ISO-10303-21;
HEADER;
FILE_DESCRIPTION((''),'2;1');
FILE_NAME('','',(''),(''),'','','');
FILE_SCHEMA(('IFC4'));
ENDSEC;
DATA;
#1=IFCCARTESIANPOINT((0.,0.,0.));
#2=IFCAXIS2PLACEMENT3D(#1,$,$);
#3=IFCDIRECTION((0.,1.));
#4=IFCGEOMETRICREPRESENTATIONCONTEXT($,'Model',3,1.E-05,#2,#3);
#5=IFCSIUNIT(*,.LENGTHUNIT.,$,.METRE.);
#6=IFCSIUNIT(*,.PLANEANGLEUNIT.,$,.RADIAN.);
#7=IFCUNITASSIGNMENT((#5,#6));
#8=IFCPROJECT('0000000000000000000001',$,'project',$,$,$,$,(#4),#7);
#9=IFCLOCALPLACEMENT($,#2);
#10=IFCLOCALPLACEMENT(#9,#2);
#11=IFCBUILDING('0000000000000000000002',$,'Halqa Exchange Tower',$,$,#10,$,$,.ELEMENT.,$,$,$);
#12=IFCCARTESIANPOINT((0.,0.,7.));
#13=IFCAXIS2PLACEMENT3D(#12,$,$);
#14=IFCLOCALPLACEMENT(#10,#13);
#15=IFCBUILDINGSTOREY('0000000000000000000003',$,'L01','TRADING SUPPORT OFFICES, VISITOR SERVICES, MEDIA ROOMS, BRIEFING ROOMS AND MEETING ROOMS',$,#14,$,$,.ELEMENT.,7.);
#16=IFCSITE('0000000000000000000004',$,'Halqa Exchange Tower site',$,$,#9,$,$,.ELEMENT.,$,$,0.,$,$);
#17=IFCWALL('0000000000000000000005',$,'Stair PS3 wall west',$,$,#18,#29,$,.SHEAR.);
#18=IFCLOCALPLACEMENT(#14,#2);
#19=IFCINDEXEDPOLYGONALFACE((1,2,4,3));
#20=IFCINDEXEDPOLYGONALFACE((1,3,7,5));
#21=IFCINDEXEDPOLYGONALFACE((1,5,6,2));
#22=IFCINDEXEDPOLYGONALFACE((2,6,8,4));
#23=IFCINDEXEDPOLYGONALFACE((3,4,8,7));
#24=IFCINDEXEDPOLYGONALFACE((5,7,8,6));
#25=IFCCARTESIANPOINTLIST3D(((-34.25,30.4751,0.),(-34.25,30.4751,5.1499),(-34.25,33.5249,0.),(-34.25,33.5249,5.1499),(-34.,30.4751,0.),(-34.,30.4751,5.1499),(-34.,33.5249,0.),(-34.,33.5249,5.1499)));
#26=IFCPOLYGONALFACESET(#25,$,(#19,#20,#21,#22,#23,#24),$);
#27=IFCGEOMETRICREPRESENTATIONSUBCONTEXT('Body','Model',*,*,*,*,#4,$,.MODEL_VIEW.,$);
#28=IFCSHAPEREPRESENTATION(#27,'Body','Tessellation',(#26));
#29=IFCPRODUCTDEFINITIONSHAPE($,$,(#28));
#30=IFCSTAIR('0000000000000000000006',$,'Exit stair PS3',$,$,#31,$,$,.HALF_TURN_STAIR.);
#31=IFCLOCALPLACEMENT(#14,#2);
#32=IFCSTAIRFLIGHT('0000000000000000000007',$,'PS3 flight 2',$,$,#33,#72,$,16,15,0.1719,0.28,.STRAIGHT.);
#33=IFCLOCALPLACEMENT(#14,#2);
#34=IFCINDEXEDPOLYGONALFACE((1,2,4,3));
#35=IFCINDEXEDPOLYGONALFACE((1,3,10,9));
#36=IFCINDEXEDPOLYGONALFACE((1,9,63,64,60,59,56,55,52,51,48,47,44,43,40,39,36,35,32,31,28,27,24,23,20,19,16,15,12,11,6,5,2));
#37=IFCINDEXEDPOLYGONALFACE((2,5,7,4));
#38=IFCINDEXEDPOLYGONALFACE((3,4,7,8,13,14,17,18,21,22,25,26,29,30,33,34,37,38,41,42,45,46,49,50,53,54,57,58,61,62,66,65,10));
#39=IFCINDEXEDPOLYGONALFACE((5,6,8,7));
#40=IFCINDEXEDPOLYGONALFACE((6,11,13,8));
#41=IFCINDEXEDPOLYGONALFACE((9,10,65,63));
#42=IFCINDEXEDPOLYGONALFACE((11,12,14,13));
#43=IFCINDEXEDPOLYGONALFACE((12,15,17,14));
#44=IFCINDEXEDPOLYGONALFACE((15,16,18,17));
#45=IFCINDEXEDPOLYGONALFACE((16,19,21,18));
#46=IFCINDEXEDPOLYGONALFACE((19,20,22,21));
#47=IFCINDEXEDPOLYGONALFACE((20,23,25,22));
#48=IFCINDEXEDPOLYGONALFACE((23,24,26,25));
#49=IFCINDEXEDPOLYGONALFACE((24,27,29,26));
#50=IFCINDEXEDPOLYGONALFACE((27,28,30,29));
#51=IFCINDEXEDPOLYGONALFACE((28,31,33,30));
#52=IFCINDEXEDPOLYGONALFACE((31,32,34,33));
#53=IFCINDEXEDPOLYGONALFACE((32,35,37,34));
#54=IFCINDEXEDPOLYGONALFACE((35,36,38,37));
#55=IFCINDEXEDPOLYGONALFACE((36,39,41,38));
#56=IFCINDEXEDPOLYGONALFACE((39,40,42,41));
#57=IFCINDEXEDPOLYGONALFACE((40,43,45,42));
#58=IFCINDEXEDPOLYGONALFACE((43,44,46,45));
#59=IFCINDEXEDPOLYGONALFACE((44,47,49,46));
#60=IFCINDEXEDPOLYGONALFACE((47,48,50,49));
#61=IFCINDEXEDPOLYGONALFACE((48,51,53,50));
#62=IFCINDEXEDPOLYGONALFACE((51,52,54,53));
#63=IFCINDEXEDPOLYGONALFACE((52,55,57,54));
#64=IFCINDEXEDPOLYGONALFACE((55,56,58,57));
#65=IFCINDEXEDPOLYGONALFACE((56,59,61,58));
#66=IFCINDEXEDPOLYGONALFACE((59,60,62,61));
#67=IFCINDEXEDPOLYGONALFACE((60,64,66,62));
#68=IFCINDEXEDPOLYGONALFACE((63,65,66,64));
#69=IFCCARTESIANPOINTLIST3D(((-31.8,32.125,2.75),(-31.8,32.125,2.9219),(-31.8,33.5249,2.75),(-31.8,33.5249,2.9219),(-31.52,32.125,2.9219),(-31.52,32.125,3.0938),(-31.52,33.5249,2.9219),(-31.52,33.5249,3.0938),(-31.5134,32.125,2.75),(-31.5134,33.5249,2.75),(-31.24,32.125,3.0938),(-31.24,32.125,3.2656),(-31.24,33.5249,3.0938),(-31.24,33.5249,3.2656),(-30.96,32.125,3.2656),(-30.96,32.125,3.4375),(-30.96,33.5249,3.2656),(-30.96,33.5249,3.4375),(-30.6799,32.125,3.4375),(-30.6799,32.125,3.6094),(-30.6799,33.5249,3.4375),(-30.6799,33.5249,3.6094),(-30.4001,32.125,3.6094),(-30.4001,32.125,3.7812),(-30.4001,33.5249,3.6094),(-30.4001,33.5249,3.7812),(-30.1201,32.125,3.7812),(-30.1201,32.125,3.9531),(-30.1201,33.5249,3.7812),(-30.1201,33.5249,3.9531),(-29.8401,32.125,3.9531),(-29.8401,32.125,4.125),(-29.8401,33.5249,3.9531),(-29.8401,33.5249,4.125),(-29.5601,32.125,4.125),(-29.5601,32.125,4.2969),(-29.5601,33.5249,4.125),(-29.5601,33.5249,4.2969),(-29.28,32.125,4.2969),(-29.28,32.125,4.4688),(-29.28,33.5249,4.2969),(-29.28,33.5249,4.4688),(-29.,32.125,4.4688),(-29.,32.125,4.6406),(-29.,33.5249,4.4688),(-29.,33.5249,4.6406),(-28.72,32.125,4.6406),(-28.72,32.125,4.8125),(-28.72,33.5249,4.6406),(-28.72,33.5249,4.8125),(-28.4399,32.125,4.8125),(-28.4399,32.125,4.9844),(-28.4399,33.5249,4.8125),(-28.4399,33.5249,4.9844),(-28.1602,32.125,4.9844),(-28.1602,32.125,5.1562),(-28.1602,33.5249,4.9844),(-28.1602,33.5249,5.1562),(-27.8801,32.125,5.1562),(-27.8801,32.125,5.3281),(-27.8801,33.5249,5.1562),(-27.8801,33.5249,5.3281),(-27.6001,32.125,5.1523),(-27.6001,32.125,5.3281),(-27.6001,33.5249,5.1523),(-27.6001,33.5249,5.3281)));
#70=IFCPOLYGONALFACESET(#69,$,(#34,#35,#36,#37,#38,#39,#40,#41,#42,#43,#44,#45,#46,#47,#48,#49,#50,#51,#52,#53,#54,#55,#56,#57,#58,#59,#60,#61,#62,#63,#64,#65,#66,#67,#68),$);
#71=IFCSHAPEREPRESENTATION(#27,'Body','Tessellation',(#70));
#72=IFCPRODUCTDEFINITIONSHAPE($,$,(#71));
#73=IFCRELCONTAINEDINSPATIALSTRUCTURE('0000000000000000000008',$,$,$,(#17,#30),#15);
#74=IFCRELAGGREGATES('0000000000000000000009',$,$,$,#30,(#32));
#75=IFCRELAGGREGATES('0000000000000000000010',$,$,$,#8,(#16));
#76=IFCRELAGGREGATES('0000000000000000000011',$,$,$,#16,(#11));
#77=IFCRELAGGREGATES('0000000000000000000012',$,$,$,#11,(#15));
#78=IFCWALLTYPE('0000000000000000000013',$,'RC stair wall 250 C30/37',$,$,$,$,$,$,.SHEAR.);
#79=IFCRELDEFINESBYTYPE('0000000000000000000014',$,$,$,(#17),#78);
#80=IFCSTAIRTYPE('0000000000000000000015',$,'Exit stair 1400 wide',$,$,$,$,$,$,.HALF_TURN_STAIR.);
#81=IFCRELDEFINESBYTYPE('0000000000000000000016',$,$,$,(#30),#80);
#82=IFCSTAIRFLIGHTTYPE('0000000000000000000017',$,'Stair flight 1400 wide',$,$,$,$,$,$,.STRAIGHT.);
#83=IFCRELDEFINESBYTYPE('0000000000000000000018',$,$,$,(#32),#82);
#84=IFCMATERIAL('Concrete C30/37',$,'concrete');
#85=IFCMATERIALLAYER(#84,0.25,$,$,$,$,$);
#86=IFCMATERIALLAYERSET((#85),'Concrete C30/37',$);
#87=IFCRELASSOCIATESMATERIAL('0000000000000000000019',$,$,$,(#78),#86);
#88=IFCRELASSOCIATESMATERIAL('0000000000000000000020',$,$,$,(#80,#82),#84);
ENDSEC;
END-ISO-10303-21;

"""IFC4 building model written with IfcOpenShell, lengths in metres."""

from ifc_helpers import new_model, si_unit, direction, frame, frame_2d, origin, place, context, subcontext, project, spatial, polyline, rectangle, outline, extrude, material, layer, layer_set, type_object, element, aggregate, save


model = new_model("IFC4")

# Units and contexts
model_context = context("Model", 3, precision=1e-05, world=origin(), true_north=direction((0.0, 1.0)))
body_context = subcontext(model_context, "Body", "Model", "MODEL_VIEW")
ifc_project = project(units=[si_unit("LENGTHUNIT", "METRE"), si_unit("PLANEANGLEUNIT", "RADIAN")], contexts=[model_context])

# Site, building, storey
site_placement = place(None, origin())
site = spatial("IfcSite", under=ifc_project, at=site_placement, Name="Halqa Exchange Tower site", CompositionType="ELEMENT", RefElevation=0.0)
building_placement = place(site_placement, origin())
building = spatial("IfcBuilding", under=site, at=building_placement, Name="Halqa Exchange Tower", CompositionType="ELEMENT")
storey_placement = place(building_placement, frame((0.0, 0.0, 7.0)))
storey = spatial("IfcBuildingStorey", under=building, at=storey_placement, Name="L01", Description="TRADING SUPPORT OFFICES, VISITOR SERVICES, MEDIA ROOMS, BRIEFING ROOMS AND MEETING ROOMS", CompositionType="ELEMENT", Elevation=7.0)

# Wall
ifc_material_1 = material(Name="Concrete C30/37", Category="concrete")
ifc_layer_1 = layer(ifc_material_1, 0.25)
ifc_layer_set_1 = layer_set([ifc_layer_1], Name="Concrete C30/37")
wall_type_1 = type_object("IfcWallType", Name="RC stair wall 250 C30/37", PredefinedType="SHEAR", material=ifc_layer_set_1)
wall_1_placement = place(storey_placement, frame((-34.125, 30.4751, 0.0), z_axis=(0.0, 0.0, 1.0), x_axis=(0.0, 1.0, 0.0)))
element("IfcWall", 1, at=wall_1_placement, inside=storey, type_object=wall_type_1, Name="Stair PS3 wall west", PredefinedType="SHEAR", context=body_context, shape_type="SweptSolid", body=[
    extrude(rectangle(XDim=3.0498, YDim=0.25, at=frame_2d((1.5249, 0.0))), origin(), (0.0, 0.0, 1.0), 5.1499),
])

# Stair, stair flight
stair_type = type_object("IfcStairType", Name="Exit stair 1400 wide", PredefinedType="HALF_TURN_STAIR", material=ifc_material_1)
stair_placement = place(storey_placement, origin())
stair = element("IfcStair", 2, at=stair_placement, inside=storey, type_object=stair_type, Name="Exit stair PS3", PredefinedType="HALF_TURN_STAIR")
stair_flight_type = type_object("IfcStairFlightType", Name="Stair flight 1400 wide", PredefinedType="STRAIGHT", material=ifc_material_1)
stair_flight_placement = place(storey_placement, frame((-31.8, 32.825, 2.75), z_axis=(0.0, 0.0, 1.0), x_axis=(1.0, 0.0, 0.0)))
stair_flight = element("IfcStairFlight", 3, at=stair_flight_placement, type_object=stair_flight_type, Name="PS3 flight 2", NumberOfRisers=16, NumberOfTreads=15, PredefinedType="STRAIGHT", RiserHeight=0.1719, TreadLength=0.28, context=body_context, shape_type="SweptSolid", body=[
    extrude(outline(polyline([(0.0, 0.0), (0.0, 0.1719), (0.28, 0.1719), (0.28, 0.3438), (0.5601, 0.3438), (0.5601, 0.5156), (0.8401, 0.5156), (0.8401, 0.6875), (1.1201, 0.6875), (1.1201, 0.8594), (1.3999, 0.8594), (1.3999, 1.0312), (1.6799, 1.0312), (1.6799, 1.2031), (1.96, 1.2031), (1.96, 1.375), (2.24, 1.375), (2.24, 1.5469), (2.52, 1.5469), (2.52, 1.7188), (2.8, 1.7188), (2.8, 1.8906), (3.0801, 1.8906), (3.0801, 2.0625), (3.3601, 2.0625), (3.3601, 2.2344), (3.6399, 2.2344), (3.6399, 2.4062), (3.9199, 2.4062), (3.9199, 2.5781), (4.2, 2.5781), (4.2, 2.75), (4.2, 2.4023), (0.2866, 0.0), (0.0, 0.0)])), frame((0.0, 0.7, 0.0), z_axis=(0.0, -1.0, 0.0), x_axis=(1.0, 0.0, 0.0)), (0.0, 0.0, 1.0), 1.3999),
])
aggregate(stair, [stair_flight])

save(model, "model.ifc")
